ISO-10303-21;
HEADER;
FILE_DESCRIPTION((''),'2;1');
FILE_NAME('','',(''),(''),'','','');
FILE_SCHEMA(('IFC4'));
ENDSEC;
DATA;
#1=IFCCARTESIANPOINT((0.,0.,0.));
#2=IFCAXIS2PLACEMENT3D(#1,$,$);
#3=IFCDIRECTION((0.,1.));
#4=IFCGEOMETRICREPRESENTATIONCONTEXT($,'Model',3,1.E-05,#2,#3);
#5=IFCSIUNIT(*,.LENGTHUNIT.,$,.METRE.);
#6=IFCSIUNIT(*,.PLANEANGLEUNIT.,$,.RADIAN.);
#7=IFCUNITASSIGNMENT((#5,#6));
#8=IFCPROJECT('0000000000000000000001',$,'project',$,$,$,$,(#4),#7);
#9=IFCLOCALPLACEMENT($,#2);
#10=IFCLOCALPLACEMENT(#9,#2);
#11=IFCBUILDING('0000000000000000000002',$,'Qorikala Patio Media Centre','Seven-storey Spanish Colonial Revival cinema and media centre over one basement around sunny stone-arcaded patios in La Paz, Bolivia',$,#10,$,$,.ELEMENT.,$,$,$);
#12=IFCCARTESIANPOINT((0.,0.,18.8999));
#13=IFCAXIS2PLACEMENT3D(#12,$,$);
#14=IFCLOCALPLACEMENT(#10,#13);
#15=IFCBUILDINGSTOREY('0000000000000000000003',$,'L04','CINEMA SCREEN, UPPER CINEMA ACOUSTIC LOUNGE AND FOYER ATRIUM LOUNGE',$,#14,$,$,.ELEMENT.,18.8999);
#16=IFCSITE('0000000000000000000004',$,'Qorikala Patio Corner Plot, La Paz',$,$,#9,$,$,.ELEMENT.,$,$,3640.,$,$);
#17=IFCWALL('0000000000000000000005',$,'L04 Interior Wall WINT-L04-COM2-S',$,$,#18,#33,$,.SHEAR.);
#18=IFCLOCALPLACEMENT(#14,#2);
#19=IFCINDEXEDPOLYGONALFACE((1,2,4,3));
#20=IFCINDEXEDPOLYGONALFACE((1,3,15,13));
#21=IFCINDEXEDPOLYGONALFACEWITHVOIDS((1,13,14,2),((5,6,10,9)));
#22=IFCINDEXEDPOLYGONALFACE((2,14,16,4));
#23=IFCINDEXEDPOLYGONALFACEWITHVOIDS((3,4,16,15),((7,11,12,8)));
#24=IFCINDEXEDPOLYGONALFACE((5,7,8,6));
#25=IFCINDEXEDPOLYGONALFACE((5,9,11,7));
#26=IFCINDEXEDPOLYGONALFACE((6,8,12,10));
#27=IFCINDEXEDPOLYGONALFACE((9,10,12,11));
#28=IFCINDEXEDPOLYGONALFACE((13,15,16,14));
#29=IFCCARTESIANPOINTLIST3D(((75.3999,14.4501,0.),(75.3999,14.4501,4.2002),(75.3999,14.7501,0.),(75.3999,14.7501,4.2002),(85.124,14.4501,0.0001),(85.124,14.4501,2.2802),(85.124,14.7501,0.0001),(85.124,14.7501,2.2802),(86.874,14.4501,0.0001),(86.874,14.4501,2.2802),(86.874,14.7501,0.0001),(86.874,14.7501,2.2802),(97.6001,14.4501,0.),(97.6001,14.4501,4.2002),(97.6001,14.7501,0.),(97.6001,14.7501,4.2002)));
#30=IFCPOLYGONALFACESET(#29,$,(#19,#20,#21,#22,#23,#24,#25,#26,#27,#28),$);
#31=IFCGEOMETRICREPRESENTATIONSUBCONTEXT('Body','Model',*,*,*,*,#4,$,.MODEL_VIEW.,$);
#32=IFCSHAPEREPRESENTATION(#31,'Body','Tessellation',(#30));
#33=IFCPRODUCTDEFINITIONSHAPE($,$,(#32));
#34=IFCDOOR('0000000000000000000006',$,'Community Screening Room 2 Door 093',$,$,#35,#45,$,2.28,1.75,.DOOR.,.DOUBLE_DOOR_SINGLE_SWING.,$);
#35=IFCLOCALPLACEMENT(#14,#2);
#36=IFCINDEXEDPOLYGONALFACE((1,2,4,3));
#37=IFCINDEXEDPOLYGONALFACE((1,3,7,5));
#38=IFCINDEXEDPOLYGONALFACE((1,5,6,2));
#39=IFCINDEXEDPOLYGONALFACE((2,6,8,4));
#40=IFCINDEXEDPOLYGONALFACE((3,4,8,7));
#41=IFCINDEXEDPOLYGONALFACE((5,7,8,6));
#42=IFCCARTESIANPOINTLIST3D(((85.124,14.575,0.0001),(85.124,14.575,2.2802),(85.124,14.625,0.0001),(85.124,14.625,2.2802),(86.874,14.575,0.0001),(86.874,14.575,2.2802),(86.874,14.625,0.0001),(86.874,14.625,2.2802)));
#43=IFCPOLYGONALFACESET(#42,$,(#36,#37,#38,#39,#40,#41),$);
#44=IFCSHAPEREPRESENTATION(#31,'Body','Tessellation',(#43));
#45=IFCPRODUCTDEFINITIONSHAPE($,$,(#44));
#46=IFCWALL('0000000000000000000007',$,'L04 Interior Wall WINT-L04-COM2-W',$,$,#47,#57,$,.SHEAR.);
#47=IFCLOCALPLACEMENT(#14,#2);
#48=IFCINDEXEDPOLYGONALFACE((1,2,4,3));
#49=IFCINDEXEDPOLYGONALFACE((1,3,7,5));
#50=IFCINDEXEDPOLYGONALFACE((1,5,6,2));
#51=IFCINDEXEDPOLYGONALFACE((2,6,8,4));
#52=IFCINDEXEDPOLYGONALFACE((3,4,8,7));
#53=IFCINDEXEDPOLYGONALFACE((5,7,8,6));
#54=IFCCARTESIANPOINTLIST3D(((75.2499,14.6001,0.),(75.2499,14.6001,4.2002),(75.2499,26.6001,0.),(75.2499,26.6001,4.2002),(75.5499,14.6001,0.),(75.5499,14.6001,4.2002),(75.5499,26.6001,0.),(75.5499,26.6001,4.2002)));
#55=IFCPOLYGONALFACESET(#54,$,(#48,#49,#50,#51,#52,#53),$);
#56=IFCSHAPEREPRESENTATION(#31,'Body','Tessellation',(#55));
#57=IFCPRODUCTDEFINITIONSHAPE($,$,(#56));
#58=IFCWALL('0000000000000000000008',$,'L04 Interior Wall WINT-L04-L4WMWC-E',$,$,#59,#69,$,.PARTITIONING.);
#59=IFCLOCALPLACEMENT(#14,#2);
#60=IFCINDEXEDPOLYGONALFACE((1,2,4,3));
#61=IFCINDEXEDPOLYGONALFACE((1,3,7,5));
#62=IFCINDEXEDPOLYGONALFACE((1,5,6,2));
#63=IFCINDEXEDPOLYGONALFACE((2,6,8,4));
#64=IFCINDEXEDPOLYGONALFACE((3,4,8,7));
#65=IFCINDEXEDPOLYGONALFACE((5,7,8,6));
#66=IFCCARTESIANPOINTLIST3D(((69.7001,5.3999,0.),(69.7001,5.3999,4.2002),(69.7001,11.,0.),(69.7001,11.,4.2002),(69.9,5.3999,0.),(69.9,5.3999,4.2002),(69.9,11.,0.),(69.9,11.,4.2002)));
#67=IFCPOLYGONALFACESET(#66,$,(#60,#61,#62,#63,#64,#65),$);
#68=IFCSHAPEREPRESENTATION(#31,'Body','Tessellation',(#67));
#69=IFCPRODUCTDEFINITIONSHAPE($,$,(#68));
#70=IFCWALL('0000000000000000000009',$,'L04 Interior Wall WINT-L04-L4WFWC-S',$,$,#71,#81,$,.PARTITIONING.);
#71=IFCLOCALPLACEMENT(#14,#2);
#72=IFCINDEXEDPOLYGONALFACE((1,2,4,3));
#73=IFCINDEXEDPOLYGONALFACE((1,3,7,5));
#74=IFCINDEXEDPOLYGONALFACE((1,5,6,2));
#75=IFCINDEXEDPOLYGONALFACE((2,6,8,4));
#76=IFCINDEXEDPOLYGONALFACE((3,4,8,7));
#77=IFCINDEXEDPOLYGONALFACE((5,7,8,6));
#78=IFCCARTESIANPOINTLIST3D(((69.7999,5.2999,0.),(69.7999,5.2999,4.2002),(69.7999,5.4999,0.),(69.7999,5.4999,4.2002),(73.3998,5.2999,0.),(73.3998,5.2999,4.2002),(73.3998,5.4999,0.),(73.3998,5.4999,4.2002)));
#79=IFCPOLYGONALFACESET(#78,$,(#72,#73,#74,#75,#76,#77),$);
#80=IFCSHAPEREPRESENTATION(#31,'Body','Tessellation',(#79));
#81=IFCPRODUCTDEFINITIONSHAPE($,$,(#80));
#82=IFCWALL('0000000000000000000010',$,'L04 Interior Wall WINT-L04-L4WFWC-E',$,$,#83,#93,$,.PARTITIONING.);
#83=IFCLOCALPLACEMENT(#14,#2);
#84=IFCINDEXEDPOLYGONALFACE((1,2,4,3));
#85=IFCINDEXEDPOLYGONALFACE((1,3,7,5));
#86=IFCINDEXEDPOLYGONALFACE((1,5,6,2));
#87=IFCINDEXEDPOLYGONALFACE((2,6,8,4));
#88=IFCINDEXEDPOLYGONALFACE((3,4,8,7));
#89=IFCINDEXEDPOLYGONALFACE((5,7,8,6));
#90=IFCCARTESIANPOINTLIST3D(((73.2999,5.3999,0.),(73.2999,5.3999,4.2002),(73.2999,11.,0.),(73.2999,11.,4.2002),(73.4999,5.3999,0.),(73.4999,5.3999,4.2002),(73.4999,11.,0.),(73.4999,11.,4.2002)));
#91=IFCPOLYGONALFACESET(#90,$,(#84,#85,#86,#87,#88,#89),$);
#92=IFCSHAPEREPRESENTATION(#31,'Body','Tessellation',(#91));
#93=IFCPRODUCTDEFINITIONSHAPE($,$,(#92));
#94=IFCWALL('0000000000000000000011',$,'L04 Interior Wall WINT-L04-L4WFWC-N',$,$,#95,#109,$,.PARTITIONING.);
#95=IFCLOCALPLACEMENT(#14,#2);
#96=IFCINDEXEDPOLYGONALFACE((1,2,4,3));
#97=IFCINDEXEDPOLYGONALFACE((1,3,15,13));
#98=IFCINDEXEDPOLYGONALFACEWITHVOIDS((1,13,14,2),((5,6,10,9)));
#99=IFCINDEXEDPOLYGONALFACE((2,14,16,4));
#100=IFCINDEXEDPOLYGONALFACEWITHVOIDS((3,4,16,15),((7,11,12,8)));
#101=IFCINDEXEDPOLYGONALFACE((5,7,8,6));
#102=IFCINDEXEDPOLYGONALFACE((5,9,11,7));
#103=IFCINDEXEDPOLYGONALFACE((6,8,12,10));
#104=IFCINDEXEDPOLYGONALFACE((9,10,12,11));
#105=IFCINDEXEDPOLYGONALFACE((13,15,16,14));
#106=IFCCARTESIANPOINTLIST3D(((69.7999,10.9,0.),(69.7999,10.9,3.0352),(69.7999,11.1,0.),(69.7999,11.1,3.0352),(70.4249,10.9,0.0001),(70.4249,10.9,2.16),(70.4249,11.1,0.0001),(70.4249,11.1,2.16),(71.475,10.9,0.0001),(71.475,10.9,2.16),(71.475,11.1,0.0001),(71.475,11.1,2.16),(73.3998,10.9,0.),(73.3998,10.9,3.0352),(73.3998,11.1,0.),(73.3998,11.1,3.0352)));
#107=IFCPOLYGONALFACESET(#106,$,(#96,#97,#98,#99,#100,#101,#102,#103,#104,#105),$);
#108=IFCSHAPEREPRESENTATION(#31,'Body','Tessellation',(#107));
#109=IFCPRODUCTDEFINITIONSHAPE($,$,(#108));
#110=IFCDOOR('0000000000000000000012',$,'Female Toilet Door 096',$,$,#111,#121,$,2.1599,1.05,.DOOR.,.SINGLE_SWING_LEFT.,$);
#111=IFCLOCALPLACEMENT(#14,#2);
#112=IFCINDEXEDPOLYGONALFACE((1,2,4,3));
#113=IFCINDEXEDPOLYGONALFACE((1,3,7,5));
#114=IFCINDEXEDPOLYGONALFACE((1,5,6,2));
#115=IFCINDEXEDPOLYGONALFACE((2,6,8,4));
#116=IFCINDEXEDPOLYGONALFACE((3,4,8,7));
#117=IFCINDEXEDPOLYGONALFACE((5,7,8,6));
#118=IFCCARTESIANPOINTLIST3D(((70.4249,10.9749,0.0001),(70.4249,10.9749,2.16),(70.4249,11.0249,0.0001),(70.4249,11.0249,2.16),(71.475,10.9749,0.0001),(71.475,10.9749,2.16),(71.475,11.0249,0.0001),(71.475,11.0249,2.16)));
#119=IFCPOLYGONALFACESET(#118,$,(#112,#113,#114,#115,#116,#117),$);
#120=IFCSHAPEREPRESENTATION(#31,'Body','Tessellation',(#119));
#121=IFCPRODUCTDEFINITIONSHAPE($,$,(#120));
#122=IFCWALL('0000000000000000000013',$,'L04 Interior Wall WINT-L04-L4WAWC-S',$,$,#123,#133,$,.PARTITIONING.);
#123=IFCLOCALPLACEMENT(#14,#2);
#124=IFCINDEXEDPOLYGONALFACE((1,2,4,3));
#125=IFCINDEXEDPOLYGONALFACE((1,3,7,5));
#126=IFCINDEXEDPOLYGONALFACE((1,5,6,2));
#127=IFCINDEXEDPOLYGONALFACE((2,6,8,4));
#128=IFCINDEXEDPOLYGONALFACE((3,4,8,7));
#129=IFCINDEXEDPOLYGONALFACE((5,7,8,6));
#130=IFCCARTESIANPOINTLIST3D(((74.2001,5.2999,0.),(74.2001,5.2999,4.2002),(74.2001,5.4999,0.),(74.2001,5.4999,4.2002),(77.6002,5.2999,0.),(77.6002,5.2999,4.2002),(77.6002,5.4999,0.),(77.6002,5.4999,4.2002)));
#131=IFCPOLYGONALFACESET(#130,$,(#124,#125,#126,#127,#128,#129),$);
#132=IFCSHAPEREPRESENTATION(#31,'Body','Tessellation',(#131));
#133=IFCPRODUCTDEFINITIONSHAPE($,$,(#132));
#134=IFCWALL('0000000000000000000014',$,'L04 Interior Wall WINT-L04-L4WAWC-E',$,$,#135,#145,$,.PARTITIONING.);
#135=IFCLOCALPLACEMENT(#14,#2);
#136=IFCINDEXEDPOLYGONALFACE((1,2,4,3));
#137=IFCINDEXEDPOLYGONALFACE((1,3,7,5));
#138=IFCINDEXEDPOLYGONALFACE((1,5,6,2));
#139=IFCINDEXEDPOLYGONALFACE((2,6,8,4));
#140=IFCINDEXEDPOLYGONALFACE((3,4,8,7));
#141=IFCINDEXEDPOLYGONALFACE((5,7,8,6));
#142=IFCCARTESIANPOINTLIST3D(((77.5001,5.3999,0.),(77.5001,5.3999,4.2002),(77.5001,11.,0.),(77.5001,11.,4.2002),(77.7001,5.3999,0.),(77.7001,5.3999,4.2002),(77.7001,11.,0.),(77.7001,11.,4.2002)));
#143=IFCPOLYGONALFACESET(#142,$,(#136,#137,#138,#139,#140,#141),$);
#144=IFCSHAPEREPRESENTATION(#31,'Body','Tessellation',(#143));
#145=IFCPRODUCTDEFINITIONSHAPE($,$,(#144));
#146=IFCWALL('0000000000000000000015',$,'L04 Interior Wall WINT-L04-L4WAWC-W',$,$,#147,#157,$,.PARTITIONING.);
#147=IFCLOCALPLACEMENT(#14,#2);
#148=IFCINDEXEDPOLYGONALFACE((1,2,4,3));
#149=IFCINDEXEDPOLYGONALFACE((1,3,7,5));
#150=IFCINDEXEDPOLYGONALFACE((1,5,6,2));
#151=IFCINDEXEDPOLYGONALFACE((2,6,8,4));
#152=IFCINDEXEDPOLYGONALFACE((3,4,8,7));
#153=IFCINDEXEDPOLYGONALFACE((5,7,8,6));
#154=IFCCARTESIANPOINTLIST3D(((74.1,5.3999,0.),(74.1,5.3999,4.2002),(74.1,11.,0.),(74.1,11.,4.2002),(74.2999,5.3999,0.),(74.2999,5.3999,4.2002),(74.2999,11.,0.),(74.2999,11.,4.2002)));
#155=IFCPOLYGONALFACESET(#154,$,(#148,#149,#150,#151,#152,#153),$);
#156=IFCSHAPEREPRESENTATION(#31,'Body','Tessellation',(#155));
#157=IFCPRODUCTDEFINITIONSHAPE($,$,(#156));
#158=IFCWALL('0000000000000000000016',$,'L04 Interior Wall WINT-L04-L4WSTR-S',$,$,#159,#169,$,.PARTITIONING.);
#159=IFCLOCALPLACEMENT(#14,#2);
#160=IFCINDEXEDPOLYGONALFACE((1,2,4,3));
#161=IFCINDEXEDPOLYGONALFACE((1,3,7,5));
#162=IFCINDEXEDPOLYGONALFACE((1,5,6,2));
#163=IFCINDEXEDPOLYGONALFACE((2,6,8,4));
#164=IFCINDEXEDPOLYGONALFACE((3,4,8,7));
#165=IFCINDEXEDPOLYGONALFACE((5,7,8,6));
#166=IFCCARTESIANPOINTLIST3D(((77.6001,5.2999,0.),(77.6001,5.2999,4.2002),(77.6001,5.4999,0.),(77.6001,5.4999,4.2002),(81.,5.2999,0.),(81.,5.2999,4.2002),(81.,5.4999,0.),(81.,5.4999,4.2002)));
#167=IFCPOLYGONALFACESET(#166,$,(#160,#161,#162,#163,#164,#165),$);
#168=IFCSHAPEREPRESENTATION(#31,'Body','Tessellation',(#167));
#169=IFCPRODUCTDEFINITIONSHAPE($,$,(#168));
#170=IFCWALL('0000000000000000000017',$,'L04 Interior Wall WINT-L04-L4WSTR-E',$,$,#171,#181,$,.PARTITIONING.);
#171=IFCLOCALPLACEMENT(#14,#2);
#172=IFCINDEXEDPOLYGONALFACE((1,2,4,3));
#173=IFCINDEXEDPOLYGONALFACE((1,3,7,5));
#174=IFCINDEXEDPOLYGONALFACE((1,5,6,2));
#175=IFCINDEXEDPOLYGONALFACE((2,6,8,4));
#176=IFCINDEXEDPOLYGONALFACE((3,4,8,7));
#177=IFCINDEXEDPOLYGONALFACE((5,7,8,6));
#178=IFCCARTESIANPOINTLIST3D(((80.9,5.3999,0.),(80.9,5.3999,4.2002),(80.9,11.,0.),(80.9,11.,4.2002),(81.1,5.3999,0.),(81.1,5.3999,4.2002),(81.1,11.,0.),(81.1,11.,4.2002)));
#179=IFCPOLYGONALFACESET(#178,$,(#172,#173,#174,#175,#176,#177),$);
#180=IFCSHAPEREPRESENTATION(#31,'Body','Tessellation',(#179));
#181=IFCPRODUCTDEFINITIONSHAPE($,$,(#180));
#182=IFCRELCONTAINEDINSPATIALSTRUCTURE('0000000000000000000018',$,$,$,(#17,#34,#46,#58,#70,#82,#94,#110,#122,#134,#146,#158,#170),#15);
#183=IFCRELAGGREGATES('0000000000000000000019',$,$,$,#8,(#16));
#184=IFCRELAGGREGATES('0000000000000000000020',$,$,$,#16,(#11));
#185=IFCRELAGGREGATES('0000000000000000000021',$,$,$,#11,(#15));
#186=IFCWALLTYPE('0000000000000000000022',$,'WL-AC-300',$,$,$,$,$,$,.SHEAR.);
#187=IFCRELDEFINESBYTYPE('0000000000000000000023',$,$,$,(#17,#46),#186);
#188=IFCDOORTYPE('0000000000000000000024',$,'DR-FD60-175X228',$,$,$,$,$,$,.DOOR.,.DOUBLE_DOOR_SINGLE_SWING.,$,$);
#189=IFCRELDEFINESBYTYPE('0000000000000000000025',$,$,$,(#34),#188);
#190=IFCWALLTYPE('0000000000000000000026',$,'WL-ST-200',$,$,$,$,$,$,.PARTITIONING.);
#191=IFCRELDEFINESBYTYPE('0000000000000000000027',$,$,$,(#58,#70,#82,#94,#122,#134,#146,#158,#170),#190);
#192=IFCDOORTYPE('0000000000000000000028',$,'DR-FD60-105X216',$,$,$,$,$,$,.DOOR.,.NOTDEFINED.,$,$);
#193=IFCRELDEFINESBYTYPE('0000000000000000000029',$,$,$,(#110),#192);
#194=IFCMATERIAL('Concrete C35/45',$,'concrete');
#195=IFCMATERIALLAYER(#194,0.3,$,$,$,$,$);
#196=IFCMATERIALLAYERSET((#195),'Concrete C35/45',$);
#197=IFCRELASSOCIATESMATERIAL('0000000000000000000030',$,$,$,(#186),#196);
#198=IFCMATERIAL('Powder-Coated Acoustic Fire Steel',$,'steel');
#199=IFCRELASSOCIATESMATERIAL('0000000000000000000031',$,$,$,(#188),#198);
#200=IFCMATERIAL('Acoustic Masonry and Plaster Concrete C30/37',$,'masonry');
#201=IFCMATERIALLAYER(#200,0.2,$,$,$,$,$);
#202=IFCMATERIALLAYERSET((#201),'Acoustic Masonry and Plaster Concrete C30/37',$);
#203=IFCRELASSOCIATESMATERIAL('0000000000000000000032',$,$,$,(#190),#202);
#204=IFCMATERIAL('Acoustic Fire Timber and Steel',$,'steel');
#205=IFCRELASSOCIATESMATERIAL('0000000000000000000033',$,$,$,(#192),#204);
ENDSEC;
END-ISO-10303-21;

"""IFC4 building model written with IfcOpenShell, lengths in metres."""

from ifc_helpers import new_model, si_unit, direction, frame, frame_2d, origin, place, context, subcontext, project, spatial, rectangle, extrude, material, layer, layer_set, type_object, element, fill, save


model = new_model("IFC4")

# Units and contexts
model_context = context("Model", 3, precision=1e-05, world=origin(), true_north=direction((0.0, 1.0)))
body_context = subcontext(model_context, "Body", "Model", "MODEL_VIEW")
ifc_project = project(units=[si_unit("LENGTHUNIT", "METRE"), si_unit("PLANEANGLEUNIT", "RADIAN")], contexts=[model_context])

# Site, building, storey
site_placement = place(None, origin())
site = spatial("IfcSite", under=ifc_project, at=site_placement, Name="Qorikala Patio Corner Plot, La Paz", CompositionType="ELEMENT", RefElevation=3640.0)
building_placement = place(site_placement, origin())
building = spatial("IfcBuilding", under=site, at=building_placement, Name="Qorikala Patio Media Centre", Description="Seven-storey Spanish Colonial Revival cinema and media centre over one basement around sunny stone-arcaded patios in La Paz, Bolivia", CompositionType="ELEMENT")
storey_placement = place(building_placement, frame((0.0, 0.0, 18.8999)))
storey = spatial("IfcBuildingStorey", under=building, at=storey_placement, Name="L04", Description="CINEMA SCREEN, UPPER CINEMA ACOUSTIC LOUNGE AND FOYER ATRIUM LOUNGE", CompositionType="ELEMENT", Elevation=18.8999)

# Shared definitions
ifc_material_1 = material(Name="Concrete C35/45", Category="concrete")

# Wall, opening, door
ifc_layer_1 = layer(ifc_material_1, 0.3)
ifc_layer_set_1 = layer_set([ifc_layer_1], Name="Concrete C35/45")
wall_type_1 = type_object("IfcWallType", Name="WL-AC-300", PredefinedType="SHEAR", material=ifc_layer_set_1)
wall_1_placement = place(storey_placement, frame((75.3999, 14.6001, 0.0), z_axis=(0.0, 0.0, 1.0), x_axis=(1.0, 0.0, 0.0)))
wall_1 = element("IfcWall", 1, at=wall_1_placement, inside=storey, type_object=wall_type_1, Name="L04 Interior Wall WINT-L04-COM2-S", PredefinedType="SHEAR", context=body_context, shape_type="SweptSolid", body=[
    extrude(rectangle(XDim=22.2002, YDim=0.3, at=frame_2d((11.1001, 0.0))), origin(), (0.0, 0.0, 1.0), 4.2002),
])
opening_1_placement = place(wall_1_placement, frame((9.7241, 0.0, 0.0)))
opening_1 = element("IfcOpeningElement", 2, at=opening_1_placement, cuts=wall_1, PredefinedType="OPENING", context=body_context, shape_type="SweptSolid", body=[
    extrude(rectangle(XDim=1.75, YDim=2.28, at=frame_2d((0.875, 1.1401))), frame((0.0, 0.1599, 0.0), z_axis=(0.0, -1.0, 0.0), x_axis=(1.0, 0.0, 0.0)), (0.0, 0.0, 1.0), 0.3201),
])
ifc_material_2 = material(Name="Powder-Coated Acoustic Fire Steel", Category="steel")
door_type_1 = type_object("IfcDoorType", Name="DR-FD60-175X228", OperationType="DOUBLE_DOOR_SINGLE_SWING", PredefinedType="DOOR", material=ifc_material_2)
door_1_placement = place(opening_1_placement, origin())
door_1 = element("IfcDoor", 3, at=door_1_placement, inside=storey, type_object=door_type_1, Name="Community Screening Room 2 Door 093", OperationType="DOUBLE_DOOR_SINGLE_SWING", OverallHeight=2.28, OverallWidth=1.75, PredefinedType="DOOR", context=body_context, shape_type="SweptSolid", body=[
    extrude(rectangle(XDim=1.75, YDim=2.28, at=frame_2d((0.875, 1.1401))), frame((0.0, 0.0249, 0.0), z_axis=(0.0, -1.0, 0.0), x_axis=(1.0, 0.0, 0.0)), (0.0, 0.0, 1.0), 0.05),
])
fill(opening_1, door_1)

# Walls
wall_2_placement = place(storey_placement, frame((75.3999, 14.6001, 0.0), z_axis=(0.0, 0.0, 1.0), x_axis=(0.0, 1.0, 0.0)))
element("IfcWall", 4, at=wall_2_placement, inside=storey, type_object=wall_type_1, Name="L04 Interior Wall WINT-L04-COM2-W", PredefinedType="SHEAR", context=body_context, shape_type="SweptSolid", body=[
    extrude(rectangle(XDim=12.0, YDim=0.3, at=frame_2d((6.0, 0.0))), origin(), (0.0, 0.0, 1.0), 4.2002),
])
ifc_material_3 = material(Name="Acoustic Masonry and Plaster Concrete C30/37", Category="masonry")
ifc_layer_2 = layer(ifc_material_3, 0.2)
ifc_layer_set_2 = layer_set([ifc_layer_2], Name="Acoustic Masonry and Plaster Concrete C30/37")
wall_type_2 = type_object("IfcWallType", Name="WL-ST-200", PredefinedType="PARTITIONING", material=ifc_layer_set_2)
wall_3_placement = place(storey_placement, frame((69.8, 5.3999, 0.0), z_axis=(0.0, 0.0, 1.0), x_axis=(0.0, 1.0, 0.0)))
element("IfcWall", 5, at=wall_3_placement, inside=storey, type_object=wall_type_2, Name="L04 Interior Wall WINT-L04-L4WMWC-E", PredefinedType="PARTITIONING", context=body_context, shape_type="SweptSolid", body=[
    extrude(rectangle(XDim=5.6001, YDim=0.2, at=frame_2d((2.8, 0.0))), origin(), (0.0, 0.0, 1.0), 4.2002),
])
wall_4_placement = place(storey_placement, frame((69.8, 5.3999, 0.0), z_axis=(0.0, 0.0, 1.0), x_axis=(1.0, 0.0, 0.0)))
element("IfcWall", 6, at=wall_4_placement, inside=storey, type_object=wall_type_2, Name="L04 Interior Wall WINT-L04-L4WFWC-S", PredefinedType="PARTITIONING", context=body_context, shape_type="SweptSolid", body=[
    extrude(rectangle(XDim=3.5999, YDim=0.2, at=frame_2d((1.7998, 0.0))), origin(), (0.0, 0.0, 1.0), 4.2002),
])
wall_5_placement = place(storey_placement, frame((73.3999, 5.3999, 0.0), z_axis=(0.0, 0.0, 1.0), x_axis=(0.0, 1.0, 0.0)))
element("IfcWall", 7, at=wall_5_placement, inside=storey, type_object=wall_type_2, Name="L04 Interior Wall WINT-L04-L4WFWC-E", PredefinedType="PARTITIONING", context=body_context, shape_type="SweptSolid", body=[
    extrude(rectangle(XDim=5.6001, YDim=0.2, at=frame_2d((2.8, 0.0))), origin(), (0.0, 0.0, 1.0), 4.2002),
])

# Wall, opening, door
wall_6_placement = place(storey_placement, frame((69.8, 11.0, 0.0), z_axis=(0.0, 0.0, 1.0), x_axis=(1.0, 0.0, 0.0)))
wall_6 = element("IfcWall", 8, at=wall_6_placement, inside=storey, type_object=wall_type_2, Name="L04 Interior Wall WINT-L04-L4WFWC-N", PredefinedType="PARTITIONING", context=body_context, shape_type="SweptSolid", body=[
    extrude(rectangle(XDim=3.5999, YDim=0.2, at=frame_2d((1.7998, 0.0))), origin(), (0.0, 0.0, 1.0), 3.0352),
])
opening_2_placement = place(wall_6_placement, frame((0.625, 0.0, 0.0)))
opening_2 = element("IfcOpeningElement", 9, at=opening_2_placement, cuts=wall_6, PredefinedType="OPENING", context=body_context, shape_type="SweptSolid", body=[
    extrude(rectangle(XDim=1.05, YDim=2.1599, at=frame_2d((0.5249, 1.0801))), frame((0.0, 0.1099, 0.0), z_axis=(0.0, -1.0, 0.0), x_axis=(1.0, 0.0, 0.0)), (0.0, 0.0, 1.0), 0.22),
])
ifc_material_4 = material(Name="Acoustic Fire Timber and Steel", Category="steel")
door_type_2 = type_object("IfcDoorType", Name="DR-FD60-105X216", OperationType="NOTDEFINED", PredefinedType="DOOR", material=ifc_material_4)
door_2_placement = place(opening_2_placement, origin())
door_2 = element("IfcDoor", 10, at=door_2_placement, inside=storey, type_object=door_type_2, Name="Female Toilet Door 096", OperationType="SINGLE_SWING_LEFT", OverallHeight=2.1599, OverallWidth=1.05, PredefinedType="DOOR", context=body_context, shape_type="SweptSolid", body=[
    extrude(rectangle(XDim=1.05, YDim=2.1599, at=frame_2d((0.5249, 1.0801))), frame((0.0, 0.0249, 0.0), z_axis=(0.0, -1.0, 0.0), x_axis=(1.0, 0.0, 0.0)), (0.0, 0.0, 1.0), 0.05),
])
fill(opening_2, door_2)

# Walls
wall_7_placement = place(storey_placement, frame((74.2, 5.3999, 0.0), z_axis=(0.0, 0.0, 1.0), x_axis=(1.0, 0.0, 0.0)))
element("IfcWall", 11, at=wall_7_placement, inside=storey, type_object=wall_type_2, Name="L04 Interior Wall WINT-L04-L4WAWC-S", PredefinedType="PARTITIONING", context=body_context, shape_type="SweptSolid", body=[
    extrude(rectangle(XDim=3.4001, YDim=0.2, at=frame_2d((1.7002, 0.0))), origin(), (0.0, 0.0, 1.0), 4.2002),
])
wall_8_placement = place(storey_placement, frame((77.6001, 5.3999, 0.0), z_axis=(0.0, 0.0, 1.0), x_axis=(0.0, 1.0, 0.0)))
element("IfcWall", 12, at=wall_8_placement, inside=storey, type_object=wall_type_2, Name="L04 Interior Wall WINT-L04-L4WAWC-E", PredefinedType="PARTITIONING", context=body_context, shape_type="SweptSolid", body=[
    extrude(rectangle(XDim=5.6001, YDim=0.2, at=frame_2d((2.8, 0.0))), origin(), (0.0, 0.0, 1.0), 4.2002),
])

# Walls
wall_9_placement = place(storey_placement, frame((74.2, 5.3999, 0.0), z_axis=(0.0, 0.0, 1.0), x_axis=(0.0, 1.0, 0.0)))
element("IfcWall", 13, at=wall_9_placement, inside=storey, type_object=wall_type_2, Name="L04 Interior Wall WINT-L04-L4WAWC-W", PredefinedType="PARTITIONING", context=body_context, shape_type="SweptSolid", body=[
    extrude(rectangle(XDim=5.6001, YDim=0.2, at=frame_2d((2.8, 0.0))), origin(), (0.0, 0.0, 1.0), 4.2002),
])
wall_10_placement = place(storey_placement, frame((77.6001, 5.3999, 0.0), z_axis=(0.0, 0.0, 1.0), x_axis=(1.0, 0.0, 0.0)))
element("IfcWall", 14, at=wall_10_placement, inside=storey, type_object=wall_type_2, Name="L04 Interior Wall WINT-L04-L4WSTR-S", PredefinedType="PARTITIONING", context=body_context, shape_type="SweptSolid", body=[
    extrude(rectangle(XDim=3.3999, YDim=0.2, at=frame_2d((1.7, 0.0))), origin(), (0.0, 0.0, 1.0), 4.2002),
])
wall_11_placement = place(storey_placement, frame((81.0, 5.3999, 0.0), z_axis=(0.0, 0.0, 1.0), x_axis=(0.0, 1.0, 0.0)))
element("IfcWall", 15, at=wall_11_placement, inside=storey, type_object=wall_type_2, Name="L04 Interior Wall WINT-L04-L4WSTR-E", PredefinedType="PARTITIONING", context=body_context, shape_type="SweptSolid", body=[
    extrude(rectangle(XDim=5.6001, YDim=0.2, at=frame_2d((2.8, 0.0))), origin(), (0.0, 0.0, 1.0), 4.2002),
])

save(model, "model.ifc")
